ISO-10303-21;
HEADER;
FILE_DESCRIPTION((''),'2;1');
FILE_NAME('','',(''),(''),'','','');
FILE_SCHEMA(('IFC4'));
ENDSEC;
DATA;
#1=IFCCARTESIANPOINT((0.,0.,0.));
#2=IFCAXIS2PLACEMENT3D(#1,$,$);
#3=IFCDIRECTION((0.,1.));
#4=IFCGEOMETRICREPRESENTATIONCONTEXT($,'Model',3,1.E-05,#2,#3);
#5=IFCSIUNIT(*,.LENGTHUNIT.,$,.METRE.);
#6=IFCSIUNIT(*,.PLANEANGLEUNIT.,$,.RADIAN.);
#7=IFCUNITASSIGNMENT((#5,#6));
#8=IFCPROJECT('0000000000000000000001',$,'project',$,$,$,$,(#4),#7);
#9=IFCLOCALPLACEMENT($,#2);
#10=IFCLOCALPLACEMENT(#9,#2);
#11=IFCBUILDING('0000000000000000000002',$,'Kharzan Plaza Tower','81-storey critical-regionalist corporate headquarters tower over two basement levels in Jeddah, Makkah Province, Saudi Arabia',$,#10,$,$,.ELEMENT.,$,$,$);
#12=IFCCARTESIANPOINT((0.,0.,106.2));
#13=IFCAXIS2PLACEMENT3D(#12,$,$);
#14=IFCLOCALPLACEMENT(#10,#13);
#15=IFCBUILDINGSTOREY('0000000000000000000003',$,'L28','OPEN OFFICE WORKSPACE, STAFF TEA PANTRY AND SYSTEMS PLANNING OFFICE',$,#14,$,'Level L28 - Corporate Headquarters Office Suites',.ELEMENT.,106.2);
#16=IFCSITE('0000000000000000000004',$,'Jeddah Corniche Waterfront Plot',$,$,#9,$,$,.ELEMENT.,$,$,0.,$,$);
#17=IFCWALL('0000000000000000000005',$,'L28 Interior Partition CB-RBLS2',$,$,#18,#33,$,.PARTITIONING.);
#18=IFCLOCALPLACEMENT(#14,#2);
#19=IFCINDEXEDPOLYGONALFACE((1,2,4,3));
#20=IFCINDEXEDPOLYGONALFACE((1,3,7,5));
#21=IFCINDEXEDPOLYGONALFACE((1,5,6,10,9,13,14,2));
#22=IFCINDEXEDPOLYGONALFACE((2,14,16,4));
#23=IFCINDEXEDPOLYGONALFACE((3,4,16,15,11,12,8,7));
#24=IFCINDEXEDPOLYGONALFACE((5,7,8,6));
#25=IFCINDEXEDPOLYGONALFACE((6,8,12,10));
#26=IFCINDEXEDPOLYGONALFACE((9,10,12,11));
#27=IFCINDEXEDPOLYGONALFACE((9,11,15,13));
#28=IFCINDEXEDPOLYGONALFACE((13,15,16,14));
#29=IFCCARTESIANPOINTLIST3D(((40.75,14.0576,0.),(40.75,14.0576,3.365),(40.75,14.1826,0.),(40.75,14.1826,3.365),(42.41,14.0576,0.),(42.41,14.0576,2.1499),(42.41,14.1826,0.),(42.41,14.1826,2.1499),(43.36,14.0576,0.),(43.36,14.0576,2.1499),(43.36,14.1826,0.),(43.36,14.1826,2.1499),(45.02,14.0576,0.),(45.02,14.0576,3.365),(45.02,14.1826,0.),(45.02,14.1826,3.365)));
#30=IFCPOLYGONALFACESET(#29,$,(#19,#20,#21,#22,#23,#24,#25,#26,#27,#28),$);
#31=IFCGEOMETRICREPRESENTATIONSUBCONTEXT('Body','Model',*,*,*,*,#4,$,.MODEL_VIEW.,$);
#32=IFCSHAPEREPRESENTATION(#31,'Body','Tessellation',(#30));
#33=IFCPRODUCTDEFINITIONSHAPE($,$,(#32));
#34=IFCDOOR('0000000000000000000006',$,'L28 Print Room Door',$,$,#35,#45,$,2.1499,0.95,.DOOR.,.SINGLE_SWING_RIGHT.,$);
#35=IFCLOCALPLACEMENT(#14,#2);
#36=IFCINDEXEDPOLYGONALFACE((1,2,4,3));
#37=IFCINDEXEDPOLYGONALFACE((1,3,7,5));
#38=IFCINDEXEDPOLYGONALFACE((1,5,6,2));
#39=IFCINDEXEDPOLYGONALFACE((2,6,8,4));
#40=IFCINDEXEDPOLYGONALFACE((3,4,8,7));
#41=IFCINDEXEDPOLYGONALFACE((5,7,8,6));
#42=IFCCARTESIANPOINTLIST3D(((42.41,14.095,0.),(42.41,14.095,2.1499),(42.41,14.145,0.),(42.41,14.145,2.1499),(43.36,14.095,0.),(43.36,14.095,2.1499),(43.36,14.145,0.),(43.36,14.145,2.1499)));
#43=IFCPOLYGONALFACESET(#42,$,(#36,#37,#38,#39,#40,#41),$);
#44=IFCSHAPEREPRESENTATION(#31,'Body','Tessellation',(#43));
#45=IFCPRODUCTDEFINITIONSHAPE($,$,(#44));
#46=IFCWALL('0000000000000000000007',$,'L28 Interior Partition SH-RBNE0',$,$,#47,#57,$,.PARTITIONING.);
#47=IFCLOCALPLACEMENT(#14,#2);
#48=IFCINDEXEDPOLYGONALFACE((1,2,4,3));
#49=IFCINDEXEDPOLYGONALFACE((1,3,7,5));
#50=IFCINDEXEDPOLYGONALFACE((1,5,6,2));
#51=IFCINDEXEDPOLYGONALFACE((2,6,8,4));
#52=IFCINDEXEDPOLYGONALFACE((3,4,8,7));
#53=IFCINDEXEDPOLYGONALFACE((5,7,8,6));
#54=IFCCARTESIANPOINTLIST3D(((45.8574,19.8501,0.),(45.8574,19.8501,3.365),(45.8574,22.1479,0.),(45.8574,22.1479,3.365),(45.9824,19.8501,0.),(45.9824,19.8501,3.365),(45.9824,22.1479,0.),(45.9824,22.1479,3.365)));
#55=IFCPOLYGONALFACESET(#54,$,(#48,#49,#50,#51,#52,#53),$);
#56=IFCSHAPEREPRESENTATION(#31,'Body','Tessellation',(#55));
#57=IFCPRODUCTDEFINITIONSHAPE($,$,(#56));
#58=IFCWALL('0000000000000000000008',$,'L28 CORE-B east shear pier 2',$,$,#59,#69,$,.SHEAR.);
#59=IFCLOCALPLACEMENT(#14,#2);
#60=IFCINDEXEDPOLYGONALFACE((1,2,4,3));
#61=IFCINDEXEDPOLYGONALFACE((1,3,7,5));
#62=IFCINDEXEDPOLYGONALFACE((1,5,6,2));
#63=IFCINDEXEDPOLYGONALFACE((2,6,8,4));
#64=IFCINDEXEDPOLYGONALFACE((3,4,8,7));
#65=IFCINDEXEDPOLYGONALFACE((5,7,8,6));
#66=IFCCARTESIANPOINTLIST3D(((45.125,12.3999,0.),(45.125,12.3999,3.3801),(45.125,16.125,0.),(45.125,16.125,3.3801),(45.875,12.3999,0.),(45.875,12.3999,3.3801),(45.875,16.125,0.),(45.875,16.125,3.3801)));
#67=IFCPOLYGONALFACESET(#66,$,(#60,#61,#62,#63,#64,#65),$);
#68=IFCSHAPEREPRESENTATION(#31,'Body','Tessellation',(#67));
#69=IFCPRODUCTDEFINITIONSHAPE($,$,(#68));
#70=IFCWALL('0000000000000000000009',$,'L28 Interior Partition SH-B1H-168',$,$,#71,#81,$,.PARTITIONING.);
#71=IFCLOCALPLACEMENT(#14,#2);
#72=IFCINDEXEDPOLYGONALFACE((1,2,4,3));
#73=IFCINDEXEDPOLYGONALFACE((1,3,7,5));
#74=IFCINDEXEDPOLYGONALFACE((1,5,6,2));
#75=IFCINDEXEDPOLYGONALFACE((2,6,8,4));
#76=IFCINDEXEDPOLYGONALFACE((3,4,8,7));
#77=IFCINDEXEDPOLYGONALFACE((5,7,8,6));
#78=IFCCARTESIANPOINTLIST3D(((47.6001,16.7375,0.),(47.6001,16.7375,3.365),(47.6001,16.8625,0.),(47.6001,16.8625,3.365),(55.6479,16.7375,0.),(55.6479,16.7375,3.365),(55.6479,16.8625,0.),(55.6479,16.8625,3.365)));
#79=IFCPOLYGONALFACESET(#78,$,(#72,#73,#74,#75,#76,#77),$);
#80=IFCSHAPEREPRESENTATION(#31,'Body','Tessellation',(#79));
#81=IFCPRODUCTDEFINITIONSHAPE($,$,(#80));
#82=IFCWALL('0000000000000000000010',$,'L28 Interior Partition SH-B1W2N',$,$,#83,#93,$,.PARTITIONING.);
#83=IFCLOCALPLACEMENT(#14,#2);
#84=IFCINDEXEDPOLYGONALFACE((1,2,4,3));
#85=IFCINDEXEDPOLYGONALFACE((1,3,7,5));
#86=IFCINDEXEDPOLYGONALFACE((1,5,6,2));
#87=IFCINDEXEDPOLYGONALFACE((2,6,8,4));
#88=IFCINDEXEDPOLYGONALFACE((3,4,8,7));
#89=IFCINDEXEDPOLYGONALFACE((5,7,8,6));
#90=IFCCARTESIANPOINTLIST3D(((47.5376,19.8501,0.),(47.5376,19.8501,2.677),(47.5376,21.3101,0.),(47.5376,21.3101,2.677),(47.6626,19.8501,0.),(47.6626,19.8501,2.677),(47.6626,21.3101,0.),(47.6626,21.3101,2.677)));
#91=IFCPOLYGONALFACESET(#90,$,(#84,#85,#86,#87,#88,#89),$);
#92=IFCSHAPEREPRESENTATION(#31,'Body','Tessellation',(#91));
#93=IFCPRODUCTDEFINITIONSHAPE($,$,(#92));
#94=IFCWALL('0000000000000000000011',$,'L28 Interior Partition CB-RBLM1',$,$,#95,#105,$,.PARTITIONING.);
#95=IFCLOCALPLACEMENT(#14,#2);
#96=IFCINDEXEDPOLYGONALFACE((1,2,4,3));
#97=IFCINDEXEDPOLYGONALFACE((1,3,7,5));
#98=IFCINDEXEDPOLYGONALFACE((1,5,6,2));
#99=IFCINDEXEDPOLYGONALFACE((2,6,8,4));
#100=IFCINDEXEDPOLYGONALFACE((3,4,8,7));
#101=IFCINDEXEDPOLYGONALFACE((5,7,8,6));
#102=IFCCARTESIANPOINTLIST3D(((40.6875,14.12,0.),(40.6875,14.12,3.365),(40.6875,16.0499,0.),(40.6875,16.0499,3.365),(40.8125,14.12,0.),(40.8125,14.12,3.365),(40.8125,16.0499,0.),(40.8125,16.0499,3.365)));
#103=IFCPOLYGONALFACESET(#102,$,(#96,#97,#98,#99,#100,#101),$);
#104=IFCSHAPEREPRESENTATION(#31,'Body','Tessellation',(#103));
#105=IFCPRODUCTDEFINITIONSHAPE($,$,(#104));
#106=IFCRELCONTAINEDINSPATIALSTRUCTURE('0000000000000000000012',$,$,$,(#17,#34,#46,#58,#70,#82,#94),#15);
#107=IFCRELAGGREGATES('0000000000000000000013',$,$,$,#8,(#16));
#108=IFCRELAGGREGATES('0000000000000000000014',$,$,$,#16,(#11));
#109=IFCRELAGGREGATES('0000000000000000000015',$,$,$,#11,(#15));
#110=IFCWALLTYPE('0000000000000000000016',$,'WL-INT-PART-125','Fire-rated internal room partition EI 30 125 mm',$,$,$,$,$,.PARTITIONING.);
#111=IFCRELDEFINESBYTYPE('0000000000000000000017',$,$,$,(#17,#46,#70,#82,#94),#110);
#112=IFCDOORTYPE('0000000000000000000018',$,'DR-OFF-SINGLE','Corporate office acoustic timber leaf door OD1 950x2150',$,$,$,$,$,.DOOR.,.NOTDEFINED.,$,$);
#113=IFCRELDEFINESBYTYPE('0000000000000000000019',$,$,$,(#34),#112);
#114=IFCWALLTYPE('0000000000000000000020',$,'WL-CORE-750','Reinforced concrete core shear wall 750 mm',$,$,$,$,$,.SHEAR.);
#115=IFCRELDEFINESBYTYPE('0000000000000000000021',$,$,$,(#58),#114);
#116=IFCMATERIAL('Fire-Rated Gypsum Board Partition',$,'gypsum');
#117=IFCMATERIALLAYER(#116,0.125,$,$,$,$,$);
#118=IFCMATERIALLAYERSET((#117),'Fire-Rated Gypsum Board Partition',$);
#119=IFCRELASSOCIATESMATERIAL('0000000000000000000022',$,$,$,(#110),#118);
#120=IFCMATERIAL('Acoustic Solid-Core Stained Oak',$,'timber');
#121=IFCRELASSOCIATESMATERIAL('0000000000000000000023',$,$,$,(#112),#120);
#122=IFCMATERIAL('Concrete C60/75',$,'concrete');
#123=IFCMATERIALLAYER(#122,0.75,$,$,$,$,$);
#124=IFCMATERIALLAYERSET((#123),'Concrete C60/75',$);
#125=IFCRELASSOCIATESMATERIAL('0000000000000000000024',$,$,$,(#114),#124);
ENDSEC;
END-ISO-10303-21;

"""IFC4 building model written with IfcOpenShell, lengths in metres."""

from ifc_helpers import new_model, si_unit, direction, frame, frame_2d, origin, place, context, subcontext, project, spatial, rectangle, extrude, source, transform, mapped, material, layer, layer_set, type_object, element, fill, save


model = new_model("IFC4")

# Units and contexts
model_context = context("Model", 3, precision=1e-05, world=origin(), true_north=direction((0.0, 1.0)))
body_context = subcontext(model_context, "Body", "Model", "MODEL_VIEW")
ifc_project = project(units=[si_unit("LENGTHUNIT", "METRE"), si_unit("PLANEANGLEUNIT", "RADIAN")], contexts=[model_context])

# Site, building, storey
site_placement = place(None, origin())
site = spatial("IfcSite", under=ifc_project, at=site_placement, Name="Jeddah Corniche Waterfront Plot", CompositionType="ELEMENT", RefElevation=0.0)
building_placement = place(site_placement, origin())
building = spatial("IfcBuilding", under=site, at=building_placement, Name="Kharzan Plaza Tower", Description="81-storey critical-regionalist corporate headquarters tower over two basement levels in Jeddah, Makkah Province, Saudi Arabia", CompositionType="ELEMENT")
storey_placement = place(building_placement, frame((0.0, 0.0, 106.2)))
storey = spatial("IfcBuildingStorey", under=building, at=storey_placement, Name="L28", Description="OPEN OFFICE WORKSPACE, STAFF TEA PANTRY AND SYSTEMS PLANNING OFFICE", LongName="Level L28 - Corporate Headquarters Office Suites", CompositionType="ELEMENT", Elevation=106.2)

# Shared definitions
ifc_material_1 = material(Name="Concrete C60/75", Category="concrete")

# Wall, opening, door
ifc_material_2 = material(Name="Fire-Rated Gypsum Board Partition", Category="gypsum")
ifc_layer_1 = layer(ifc_material_2, 0.125)
ifc_layer_set_1 = layer_set([ifc_layer_1], Name="Fire-Rated Gypsum Board Partition")
wall_type_1 = type_object("IfcWallType", Name="WL-INT-PART-125", Description="Fire-rated internal room partition EI 30 125 mm", PredefinedType="PARTITIONING", material=ifc_layer_set_1)
wall_1_placement = place(storey_placement, frame((40.75, 14.1201, 0.0), z_axis=(0.0, 0.0, 1.0), x_axis=(1.0, 0.0, 0.0)))
wall_1 = element("IfcWall", 1, at=wall_1_placement, inside=storey, type_object=wall_type_1, Name="L28 Interior Partition CB-RBLS2", PredefinedType="PARTITIONING", context=body_context, shape_type="SweptSolid", body=[
    extrude(rectangle(XDim=4.27, YDim=0.125, at=frame_2d((2.135, 0.0))), origin(), (0.0, 0.0, 1.0), 3.365),
])
opening_1_placement = place(wall_1_placement, frame((1.6599, 0.0, 0.0)))
opening_1 = element("IfcOpeningElement", 2, at=opening_1_placement, cuts=wall_1, PredefinedType="OPENING", context=body_context, shape_type="SweptSolid", body=[
    extrude(rectangle(XDim=0.95, YDim=2.1499, at=frame_2d((0.4751, 1.075))), frame((0.0, 0.0725, 0.0), z_axis=(0.0, -1.0, 0.0), x_axis=(1.0, 0.0, 0.0)), (0.0, 0.0, 1.0), 0.145),
])
ifc_material_3 = material(Name="Acoustic Solid-Core Stained Oak", Category="timber")
door_type_1 = type_object("IfcDoorType", Name="DR-OFF-SINGLE", Description="Corporate office acoustic timber leaf door OD1 950x2150", OperationType="NOTDEFINED", PredefinedType="DOOR", material=ifc_material_3)
shared_shape_1 = source(origin(), body_context, "Body", "SweptSolid", [
    extrude(rectangle(XDim=0.95, YDim=2.1499, at=frame_2d((0.4751, 1.075))), frame((0.0, 0.0249, 0.0), z_axis=(0.0, -1.0, 0.0), x_axis=(1.0, 0.0, 0.0)), (0.0, 0.0, 1.0), 0.05),
])
door_1_placement = place(opening_1_placement, origin())
door_1 = element("IfcDoor", 3, at=door_1_placement, inside=storey, type_object=door_type_1, Name="L28 Print Room Door", OperationType="SINGLE_SWING_RIGHT", OverallHeight=2.1499, OverallWidth=0.95, PredefinedType="DOOR", context=body_context, shape_type="MappedRepresentation", body=[
    mapped(shared_shape_1, transform((0.0, 0.0, 0.0), x_axis=(1.0, 0.0, 0.0), y_axis=(0.0, 1.0, 0.0), z_axis=(0.0, 0.0, 1.0))),
])
fill(opening_1, door_1)

# Walls
shared_shape_2 = source(origin(), body_context, "Body", "SweptSolid", [
    extrude(rectangle(XDim=2.2979, YDim=0.125, at=frame_2d((1.1489, 0.0))), origin(), (0.0, 0.0, 1.0), 3.365),
])
wall_2_placement = place(storey_placement, frame((45.9199, 19.8501, 0.0), z_axis=(0.0, 0.0, 1.0), x_axis=(0.0, 1.0, 0.0)))
element("IfcWall", 4, at=wall_2_placement, inside=storey, type_object=wall_type_1, Name="L28 Interior Partition SH-RBNE0", PredefinedType="PARTITIONING", context=body_context, shape_type="MappedRepresentation", body=[
    mapped(shared_shape_2, transform((0.0, 0.0, 0.0), x_axis=(1.0, 0.0, 0.0), y_axis=(0.0, 1.0, 0.0), z_axis=(0.0, 0.0, 1.0))),
])
ifc_layer_2 = layer(ifc_material_1, 0.75)
ifc_layer_set_2 = layer_set([ifc_layer_2], Name="Concrete C60/75")
wall_type_2 = type_object("IfcWallType", Name="WL-CORE-750", Description="Reinforced concrete core shear wall 750 mm", PredefinedType="SHEAR", material=ifc_layer_set_2)
shared_shape_3 = source(origin(), body_context, "Body", "SweptSolid", [
    extrude(rectangle(XDim=3.7251, YDim=0.75, at=frame_2d((1.8625, 0.0))), origin(), (0.0, 0.0, 1.0), 3.3801),
])
wall_3_placement = place(storey_placement, frame((45.5, 12.3999, 0.0), z_axis=(0.0, 0.0, 1.0), x_axis=(0.0, 1.0, 0.0)))
element("IfcWall", 5, at=wall_3_placement, inside=storey, type_object=wall_type_2, Name="L28 CORE-B east shear pier 2", PredefinedType="SHEAR", context=body_context, shape_type="MappedRepresentation", body=[
    mapped(shared_shape_3, transform((0.0, 0.0, 0.0), x_axis=(1.0, 0.0, 0.0), y_axis=(0.0, 1.0, 0.0), z_axis=(0.0, 0.0, 1.0))),
])
shared_shape_4 = source(origin(), body_context, "Body", "SweptSolid", [
    extrude(rectangle(XDim=8.0479, YDim=0.125, at=frame_2d((4.0239, 0.0))), origin(), (0.0, 0.0, 1.0), 3.365),
])
wall_4_placement = place(storey_placement, frame((47.6001, 16.8, 0.0), z_axis=(0.0, 0.0, 1.0), x_axis=(1.0, 0.0, 0.0)))
element("IfcWall", 6, at=wall_4_placement, inside=storey, type_object=wall_type_1, Name="L28 Interior Partition SH-B1H-168", PredefinedType="PARTITIONING", context=body_context, shape_type="MappedRepresentation", body=[
    mapped(shared_shape_4, transform((0.0, 0.0, 0.0), x_axis=(1.0, 0.0, 0.0), y_axis=(0.0, 1.0, 0.0), z_axis=(0.0, 0.0, 1.0))),
])
shared_shape_5 = source(origin(), body_context, "Body", "SweptSolid", [
    extrude(rectangle(XDim=1.46, YDim=0.125, at=frame_2d((0.73, 0.0))), origin(), (0.0, 0.0, 1.0), 2.677),
])
wall_5_placement = place(storey_placement, frame((47.6001, 19.8501, 0.0), z_axis=(0.0, 0.0, 1.0), x_axis=(0.0, 1.0, 0.0)))
element("IfcWall", 7, at=wall_5_placement, inside=storey, type_object=wall_type_1, Name="L28 Interior Partition SH-B1W2N", PredefinedType="PARTITIONING", context=body_context, shape_type="MappedRepresentation", body=[
    mapped(shared_shape_5, transform((0.0, 0.0, 0.0), x_axis=(1.0, 0.0, 0.0), y_axis=(0.0, 1.0, 0.0), z_axis=(0.0, 0.0, 1.0))),
])
shared_shape_6 = source(origin(), body_context, "Body", "SweptSolid", [
    extrude(rectangle(XDim=1.9299, YDim=0.125, at=frame_2d((0.9648, 0.0))), origin(), (0.0, 0.0, 1.0), 3.365),
])
wall_6_placement = place(storey_placement, frame((40.75, 14.1201, 0.0), z_axis=(0.0, 0.0, 1.0), x_axis=(0.0, 1.0, 0.0)))
element("IfcWall", 8, at=wall_6_placement, inside=storey, type_object=wall_type_1, Name="L28 Interior Partition CB-RBLM1", PredefinedType="PARTITIONING", context=body_context, shape_type="MappedRepresentation", body=[
    mapped(shared_shape_6, transform((0.0, 0.0, 0.0), x_axis=(1.0, 0.0, 0.0), y_axis=(0.0, 1.0, 0.0), z_axis=(0.0, 0.0, 1.0))),
])

save(model, "model.ifc")
